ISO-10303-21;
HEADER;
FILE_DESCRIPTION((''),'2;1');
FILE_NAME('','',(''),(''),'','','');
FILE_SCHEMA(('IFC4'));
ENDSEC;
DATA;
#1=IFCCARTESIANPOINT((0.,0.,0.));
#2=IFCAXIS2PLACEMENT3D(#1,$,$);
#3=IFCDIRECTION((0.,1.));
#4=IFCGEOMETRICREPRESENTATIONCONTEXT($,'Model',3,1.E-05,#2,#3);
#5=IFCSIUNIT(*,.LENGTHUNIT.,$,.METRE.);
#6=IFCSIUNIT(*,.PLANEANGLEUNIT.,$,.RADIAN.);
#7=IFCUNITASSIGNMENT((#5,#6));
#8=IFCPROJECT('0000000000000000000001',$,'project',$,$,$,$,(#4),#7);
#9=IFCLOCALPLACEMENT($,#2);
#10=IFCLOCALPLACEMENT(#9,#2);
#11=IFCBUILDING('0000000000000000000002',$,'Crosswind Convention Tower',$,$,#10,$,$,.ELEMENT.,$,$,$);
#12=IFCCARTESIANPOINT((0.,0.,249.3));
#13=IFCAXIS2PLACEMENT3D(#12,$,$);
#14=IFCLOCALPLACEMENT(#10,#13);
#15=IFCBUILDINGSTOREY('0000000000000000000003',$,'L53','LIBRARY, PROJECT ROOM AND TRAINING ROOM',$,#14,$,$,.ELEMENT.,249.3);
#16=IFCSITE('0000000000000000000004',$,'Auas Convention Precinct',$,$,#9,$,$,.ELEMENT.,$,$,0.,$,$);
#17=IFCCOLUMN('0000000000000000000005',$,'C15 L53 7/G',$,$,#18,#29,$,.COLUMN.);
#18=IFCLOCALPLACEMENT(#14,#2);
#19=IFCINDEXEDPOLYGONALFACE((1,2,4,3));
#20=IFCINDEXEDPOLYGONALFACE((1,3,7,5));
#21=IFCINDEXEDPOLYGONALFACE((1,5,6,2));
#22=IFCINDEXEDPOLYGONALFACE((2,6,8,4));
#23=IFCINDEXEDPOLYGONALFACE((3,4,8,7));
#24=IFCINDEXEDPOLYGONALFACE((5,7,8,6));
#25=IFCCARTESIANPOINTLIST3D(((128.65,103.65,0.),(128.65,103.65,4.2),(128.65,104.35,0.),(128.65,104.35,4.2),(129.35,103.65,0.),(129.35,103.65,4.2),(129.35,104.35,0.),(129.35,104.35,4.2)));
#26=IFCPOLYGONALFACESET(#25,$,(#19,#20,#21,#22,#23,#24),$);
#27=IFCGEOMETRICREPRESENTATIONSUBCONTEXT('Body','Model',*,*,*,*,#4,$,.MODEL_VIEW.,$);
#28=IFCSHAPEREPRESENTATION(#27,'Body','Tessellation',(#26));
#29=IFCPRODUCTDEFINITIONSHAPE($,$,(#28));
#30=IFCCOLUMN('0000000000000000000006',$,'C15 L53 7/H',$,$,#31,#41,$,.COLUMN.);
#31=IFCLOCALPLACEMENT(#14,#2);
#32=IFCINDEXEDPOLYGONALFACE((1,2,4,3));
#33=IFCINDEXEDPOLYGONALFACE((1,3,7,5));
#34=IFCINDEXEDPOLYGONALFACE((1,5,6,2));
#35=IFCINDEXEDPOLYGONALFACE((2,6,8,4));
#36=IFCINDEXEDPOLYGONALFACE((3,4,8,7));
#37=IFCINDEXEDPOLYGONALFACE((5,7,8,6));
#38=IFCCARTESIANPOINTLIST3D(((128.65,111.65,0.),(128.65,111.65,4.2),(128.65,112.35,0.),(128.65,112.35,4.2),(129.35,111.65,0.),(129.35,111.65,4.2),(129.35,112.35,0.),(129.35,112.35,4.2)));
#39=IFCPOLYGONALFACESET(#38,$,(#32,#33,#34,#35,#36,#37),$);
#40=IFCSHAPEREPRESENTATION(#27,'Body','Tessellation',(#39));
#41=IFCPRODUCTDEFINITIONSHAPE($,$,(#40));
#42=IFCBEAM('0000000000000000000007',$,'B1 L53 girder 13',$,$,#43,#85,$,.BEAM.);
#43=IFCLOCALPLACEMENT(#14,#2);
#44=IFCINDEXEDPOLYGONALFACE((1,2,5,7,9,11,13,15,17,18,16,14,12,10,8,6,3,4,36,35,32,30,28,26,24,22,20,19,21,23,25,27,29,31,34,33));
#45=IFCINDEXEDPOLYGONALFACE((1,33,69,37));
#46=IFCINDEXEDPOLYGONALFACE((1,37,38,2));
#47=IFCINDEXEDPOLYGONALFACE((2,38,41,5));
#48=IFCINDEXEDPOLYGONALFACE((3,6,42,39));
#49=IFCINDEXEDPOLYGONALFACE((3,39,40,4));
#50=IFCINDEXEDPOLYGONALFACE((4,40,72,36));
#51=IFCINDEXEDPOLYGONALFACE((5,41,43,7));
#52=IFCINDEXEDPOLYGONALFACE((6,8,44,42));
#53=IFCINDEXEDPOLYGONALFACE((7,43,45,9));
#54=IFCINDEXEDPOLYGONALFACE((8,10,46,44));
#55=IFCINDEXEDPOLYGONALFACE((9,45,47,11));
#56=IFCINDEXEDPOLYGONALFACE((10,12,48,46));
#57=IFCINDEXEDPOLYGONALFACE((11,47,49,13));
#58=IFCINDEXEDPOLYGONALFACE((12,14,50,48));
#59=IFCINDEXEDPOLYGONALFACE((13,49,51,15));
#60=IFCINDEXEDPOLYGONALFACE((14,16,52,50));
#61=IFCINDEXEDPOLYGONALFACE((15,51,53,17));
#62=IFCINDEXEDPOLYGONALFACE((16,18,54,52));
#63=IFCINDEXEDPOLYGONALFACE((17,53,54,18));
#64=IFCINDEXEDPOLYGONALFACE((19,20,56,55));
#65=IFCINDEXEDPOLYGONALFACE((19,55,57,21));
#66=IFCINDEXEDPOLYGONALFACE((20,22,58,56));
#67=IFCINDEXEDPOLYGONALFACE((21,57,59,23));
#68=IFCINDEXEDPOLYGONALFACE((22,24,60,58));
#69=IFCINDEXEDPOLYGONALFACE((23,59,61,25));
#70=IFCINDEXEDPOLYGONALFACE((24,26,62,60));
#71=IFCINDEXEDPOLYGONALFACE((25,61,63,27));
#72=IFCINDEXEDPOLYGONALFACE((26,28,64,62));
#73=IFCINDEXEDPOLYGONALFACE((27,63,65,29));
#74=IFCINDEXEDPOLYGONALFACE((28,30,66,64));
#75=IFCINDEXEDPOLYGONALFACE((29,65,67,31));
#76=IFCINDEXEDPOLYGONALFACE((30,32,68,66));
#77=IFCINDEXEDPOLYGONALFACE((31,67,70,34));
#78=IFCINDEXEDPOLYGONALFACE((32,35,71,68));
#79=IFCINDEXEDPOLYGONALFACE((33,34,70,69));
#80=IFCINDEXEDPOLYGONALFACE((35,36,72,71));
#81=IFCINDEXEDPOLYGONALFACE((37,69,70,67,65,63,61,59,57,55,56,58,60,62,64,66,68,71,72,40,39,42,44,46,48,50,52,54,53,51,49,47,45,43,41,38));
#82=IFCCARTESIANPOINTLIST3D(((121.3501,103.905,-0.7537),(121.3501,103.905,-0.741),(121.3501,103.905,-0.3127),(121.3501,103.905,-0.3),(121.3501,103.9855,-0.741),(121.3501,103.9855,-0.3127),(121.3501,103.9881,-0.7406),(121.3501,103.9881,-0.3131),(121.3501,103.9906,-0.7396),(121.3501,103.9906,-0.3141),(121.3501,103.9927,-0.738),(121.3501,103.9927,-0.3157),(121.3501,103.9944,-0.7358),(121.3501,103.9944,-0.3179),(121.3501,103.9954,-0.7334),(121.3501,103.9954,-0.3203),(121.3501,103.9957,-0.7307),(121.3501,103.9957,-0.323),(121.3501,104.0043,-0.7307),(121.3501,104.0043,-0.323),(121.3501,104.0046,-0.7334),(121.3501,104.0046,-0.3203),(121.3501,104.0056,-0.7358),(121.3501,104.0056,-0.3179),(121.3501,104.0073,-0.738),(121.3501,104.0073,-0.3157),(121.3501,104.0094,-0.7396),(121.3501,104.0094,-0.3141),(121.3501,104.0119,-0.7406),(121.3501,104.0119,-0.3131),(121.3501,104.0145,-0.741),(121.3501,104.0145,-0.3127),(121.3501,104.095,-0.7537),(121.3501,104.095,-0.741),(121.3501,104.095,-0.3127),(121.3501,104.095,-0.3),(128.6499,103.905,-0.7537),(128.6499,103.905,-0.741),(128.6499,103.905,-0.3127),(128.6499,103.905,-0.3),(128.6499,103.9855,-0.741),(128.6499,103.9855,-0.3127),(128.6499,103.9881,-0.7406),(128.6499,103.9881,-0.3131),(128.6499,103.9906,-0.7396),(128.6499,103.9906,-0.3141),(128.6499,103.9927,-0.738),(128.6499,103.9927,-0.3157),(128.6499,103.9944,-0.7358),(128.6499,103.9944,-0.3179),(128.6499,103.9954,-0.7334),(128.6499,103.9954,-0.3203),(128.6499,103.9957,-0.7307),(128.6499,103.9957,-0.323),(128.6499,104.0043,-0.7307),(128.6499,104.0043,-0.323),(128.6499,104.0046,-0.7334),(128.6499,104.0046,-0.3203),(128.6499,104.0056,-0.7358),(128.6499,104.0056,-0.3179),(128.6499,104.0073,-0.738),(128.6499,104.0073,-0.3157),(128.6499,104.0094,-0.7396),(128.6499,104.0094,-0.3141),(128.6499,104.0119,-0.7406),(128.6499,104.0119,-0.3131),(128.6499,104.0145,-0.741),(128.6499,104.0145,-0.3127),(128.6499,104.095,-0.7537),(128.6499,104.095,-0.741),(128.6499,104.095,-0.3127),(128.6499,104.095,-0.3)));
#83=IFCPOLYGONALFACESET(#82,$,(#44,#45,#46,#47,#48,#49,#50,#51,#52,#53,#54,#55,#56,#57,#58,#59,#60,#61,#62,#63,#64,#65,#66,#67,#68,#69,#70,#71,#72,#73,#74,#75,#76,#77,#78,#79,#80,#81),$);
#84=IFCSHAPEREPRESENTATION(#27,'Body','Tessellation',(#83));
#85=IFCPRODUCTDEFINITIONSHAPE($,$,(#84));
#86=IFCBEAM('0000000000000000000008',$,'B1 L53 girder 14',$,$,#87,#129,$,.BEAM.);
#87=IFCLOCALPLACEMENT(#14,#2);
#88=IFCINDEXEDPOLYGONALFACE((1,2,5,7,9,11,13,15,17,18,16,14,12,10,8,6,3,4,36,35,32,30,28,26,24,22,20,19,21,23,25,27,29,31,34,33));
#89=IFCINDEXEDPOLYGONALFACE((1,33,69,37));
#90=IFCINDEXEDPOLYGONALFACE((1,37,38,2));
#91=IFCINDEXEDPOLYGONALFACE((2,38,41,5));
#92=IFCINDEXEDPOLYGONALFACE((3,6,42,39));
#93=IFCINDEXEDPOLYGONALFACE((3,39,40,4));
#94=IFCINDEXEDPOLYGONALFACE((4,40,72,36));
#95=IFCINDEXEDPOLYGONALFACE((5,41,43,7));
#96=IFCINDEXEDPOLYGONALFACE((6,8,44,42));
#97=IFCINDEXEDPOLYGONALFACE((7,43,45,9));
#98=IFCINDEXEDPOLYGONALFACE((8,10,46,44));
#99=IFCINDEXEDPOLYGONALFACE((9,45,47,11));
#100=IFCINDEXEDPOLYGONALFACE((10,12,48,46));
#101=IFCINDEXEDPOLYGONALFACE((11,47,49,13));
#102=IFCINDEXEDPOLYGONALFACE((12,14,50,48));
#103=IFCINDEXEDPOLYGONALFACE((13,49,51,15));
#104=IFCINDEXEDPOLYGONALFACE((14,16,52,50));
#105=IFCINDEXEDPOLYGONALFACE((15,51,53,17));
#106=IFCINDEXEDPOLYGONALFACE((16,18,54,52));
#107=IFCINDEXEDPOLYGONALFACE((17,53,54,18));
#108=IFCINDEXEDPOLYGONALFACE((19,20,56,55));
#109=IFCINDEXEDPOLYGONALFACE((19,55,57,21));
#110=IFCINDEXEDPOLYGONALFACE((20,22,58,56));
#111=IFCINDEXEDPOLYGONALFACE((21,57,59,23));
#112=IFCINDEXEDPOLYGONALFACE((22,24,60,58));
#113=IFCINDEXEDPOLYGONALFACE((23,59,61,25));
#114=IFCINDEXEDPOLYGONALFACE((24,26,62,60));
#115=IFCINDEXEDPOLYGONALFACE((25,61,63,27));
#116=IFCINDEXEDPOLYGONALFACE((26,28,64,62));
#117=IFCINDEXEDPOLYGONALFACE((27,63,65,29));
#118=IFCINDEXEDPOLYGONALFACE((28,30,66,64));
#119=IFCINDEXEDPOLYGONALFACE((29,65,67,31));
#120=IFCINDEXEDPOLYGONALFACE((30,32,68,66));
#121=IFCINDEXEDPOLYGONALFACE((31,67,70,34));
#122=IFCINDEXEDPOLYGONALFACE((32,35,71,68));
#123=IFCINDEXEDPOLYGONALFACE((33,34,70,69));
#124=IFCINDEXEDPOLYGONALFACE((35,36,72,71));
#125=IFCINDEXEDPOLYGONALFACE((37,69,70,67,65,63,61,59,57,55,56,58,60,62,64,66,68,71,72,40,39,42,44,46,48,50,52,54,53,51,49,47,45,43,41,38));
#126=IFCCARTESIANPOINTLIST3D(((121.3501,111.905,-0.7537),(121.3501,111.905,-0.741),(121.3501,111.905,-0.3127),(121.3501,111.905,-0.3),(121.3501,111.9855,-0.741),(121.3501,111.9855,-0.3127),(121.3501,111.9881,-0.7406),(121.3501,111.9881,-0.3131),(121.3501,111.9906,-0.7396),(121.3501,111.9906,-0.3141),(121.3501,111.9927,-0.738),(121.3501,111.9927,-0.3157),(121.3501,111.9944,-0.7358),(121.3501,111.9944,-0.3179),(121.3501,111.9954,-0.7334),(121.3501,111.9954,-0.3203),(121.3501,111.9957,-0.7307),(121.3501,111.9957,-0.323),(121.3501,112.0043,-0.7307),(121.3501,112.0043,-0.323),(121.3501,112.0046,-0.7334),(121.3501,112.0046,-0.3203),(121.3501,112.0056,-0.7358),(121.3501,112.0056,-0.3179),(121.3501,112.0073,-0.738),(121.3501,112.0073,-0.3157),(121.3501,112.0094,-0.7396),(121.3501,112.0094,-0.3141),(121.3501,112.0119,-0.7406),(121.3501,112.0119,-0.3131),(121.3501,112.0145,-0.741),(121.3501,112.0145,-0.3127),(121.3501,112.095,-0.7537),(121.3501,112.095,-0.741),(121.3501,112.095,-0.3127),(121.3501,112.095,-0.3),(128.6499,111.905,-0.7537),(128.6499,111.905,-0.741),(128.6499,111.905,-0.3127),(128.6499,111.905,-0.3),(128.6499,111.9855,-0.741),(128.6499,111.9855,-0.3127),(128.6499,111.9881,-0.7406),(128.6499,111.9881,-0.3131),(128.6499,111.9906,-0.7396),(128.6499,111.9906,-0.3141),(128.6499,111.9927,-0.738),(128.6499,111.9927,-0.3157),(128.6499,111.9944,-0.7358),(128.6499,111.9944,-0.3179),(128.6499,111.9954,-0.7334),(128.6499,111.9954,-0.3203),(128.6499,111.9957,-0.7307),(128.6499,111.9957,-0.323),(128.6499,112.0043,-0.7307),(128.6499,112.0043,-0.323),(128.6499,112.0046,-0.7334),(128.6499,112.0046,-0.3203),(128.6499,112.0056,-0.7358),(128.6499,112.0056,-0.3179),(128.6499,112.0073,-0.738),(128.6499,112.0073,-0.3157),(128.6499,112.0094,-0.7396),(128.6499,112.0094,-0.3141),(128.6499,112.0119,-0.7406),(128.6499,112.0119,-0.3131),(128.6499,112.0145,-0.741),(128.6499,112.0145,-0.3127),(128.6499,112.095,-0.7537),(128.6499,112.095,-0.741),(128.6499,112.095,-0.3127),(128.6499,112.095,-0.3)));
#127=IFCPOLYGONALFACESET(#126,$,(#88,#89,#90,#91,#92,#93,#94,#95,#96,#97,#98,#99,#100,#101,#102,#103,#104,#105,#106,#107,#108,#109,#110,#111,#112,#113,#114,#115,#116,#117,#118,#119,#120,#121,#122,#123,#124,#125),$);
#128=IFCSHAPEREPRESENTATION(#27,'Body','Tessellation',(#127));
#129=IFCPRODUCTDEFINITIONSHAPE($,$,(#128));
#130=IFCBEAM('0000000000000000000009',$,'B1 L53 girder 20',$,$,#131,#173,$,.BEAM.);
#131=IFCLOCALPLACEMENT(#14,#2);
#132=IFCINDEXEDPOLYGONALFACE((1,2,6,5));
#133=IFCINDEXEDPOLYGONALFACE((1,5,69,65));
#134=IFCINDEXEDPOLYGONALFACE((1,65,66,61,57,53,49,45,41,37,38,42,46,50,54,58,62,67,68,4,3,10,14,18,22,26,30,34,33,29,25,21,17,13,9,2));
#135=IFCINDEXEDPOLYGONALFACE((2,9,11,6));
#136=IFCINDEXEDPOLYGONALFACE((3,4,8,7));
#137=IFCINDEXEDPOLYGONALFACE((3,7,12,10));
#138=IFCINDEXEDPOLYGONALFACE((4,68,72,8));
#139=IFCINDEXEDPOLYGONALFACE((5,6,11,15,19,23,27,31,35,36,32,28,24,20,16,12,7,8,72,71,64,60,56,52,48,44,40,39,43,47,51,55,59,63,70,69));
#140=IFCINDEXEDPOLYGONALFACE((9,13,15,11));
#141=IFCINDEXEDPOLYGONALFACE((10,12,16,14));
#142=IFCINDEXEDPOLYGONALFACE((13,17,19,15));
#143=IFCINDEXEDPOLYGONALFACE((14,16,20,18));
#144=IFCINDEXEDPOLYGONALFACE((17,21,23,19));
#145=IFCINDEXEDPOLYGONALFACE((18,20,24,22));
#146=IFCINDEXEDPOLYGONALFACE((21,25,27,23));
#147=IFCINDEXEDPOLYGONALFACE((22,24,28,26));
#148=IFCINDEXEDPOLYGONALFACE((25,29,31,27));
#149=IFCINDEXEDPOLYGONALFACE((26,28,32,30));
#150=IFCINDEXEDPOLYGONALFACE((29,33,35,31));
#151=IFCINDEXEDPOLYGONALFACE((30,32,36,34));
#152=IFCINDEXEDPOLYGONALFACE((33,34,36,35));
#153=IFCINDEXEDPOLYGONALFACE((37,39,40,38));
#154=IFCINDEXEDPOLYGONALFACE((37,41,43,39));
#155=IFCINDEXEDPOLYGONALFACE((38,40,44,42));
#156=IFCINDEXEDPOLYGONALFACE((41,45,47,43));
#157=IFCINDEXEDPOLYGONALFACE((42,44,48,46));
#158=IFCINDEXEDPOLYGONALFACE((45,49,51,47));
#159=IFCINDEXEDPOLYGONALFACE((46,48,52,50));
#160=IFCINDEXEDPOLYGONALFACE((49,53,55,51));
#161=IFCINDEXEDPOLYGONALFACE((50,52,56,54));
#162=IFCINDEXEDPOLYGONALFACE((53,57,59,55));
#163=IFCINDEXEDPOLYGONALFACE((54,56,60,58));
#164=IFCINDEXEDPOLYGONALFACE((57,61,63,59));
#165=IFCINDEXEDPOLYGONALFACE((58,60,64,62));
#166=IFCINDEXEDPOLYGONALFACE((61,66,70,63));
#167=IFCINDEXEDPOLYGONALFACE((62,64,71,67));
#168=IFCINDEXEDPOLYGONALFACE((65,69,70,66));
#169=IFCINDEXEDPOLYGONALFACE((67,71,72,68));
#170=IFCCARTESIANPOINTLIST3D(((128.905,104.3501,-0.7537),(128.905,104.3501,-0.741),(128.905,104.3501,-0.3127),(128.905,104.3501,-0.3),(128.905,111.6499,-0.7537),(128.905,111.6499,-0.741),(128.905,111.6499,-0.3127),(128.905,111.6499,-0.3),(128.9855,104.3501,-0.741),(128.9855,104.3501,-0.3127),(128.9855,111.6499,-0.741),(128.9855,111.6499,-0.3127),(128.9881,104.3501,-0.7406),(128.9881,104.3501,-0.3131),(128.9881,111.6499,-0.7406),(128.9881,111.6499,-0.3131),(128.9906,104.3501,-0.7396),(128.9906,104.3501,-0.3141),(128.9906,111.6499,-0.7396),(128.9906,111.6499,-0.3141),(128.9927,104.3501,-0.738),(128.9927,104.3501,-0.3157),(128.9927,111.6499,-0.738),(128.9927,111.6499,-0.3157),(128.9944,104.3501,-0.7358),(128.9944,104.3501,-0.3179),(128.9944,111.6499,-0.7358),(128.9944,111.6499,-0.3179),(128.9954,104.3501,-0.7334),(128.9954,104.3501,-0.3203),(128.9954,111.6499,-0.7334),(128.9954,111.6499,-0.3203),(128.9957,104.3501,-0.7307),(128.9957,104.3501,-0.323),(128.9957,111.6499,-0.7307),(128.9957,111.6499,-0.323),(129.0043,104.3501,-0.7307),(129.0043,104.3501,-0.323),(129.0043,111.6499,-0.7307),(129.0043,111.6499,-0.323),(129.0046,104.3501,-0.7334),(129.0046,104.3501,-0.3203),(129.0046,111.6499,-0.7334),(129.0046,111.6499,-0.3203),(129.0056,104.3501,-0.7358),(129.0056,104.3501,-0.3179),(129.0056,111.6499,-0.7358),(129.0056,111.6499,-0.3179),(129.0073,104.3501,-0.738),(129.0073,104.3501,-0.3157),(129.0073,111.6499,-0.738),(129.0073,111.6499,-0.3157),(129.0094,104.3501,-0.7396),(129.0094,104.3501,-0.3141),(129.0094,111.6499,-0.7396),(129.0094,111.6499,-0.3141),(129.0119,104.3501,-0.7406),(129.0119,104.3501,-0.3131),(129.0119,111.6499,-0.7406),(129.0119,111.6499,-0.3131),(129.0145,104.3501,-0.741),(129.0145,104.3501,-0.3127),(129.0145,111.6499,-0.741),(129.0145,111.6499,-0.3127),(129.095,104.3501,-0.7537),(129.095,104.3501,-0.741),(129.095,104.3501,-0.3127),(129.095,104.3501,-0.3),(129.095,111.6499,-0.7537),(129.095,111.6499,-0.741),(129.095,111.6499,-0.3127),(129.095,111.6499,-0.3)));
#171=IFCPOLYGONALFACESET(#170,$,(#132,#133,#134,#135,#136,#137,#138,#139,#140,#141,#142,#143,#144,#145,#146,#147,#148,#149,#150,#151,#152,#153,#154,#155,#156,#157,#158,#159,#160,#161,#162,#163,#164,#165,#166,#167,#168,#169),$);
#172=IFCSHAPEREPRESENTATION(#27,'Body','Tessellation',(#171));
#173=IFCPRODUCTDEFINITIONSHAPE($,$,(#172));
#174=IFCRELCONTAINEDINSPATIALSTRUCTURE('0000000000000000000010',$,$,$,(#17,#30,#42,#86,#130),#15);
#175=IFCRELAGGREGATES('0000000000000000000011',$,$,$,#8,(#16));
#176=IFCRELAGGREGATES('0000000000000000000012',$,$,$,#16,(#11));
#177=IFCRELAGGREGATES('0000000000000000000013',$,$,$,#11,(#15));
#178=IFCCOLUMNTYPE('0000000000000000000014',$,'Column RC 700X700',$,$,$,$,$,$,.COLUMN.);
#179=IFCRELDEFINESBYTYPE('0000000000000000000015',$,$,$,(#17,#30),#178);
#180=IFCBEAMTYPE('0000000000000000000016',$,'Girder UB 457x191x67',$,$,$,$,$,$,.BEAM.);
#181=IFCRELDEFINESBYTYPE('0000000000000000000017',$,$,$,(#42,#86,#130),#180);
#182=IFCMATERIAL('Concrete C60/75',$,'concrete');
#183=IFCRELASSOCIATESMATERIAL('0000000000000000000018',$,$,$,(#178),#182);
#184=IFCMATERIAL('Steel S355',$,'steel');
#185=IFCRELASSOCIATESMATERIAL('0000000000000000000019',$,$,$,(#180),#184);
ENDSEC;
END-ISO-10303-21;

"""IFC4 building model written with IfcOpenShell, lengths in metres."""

from ifc_helpers import new_model, si_unit, direction, frame, origin, origin_2d, place, context, subcontext, project, spatial, rectangle, i_section, extrude, material, material_profile, profile_set, type_object, element, save


model = new_model("IFC4")

# Units and contexts
model_context = context("Model", 3, precision=1e-05, world=origin(), true_north=direction((0.0, 1.0)))
body_context = subcontext(model_context, "Body", "Model", "MODEL_VIEW")
ifc_project = project(units=[si_unit("LENGTHUNIT", "METRE"), si_unit("PLANEANGLEUNIT", "RADIAN")], contexts=[model_context])

# Site, building, storey
site_placement = place(None, origin())
site = spatial("IfcSite", under=ifc_project, at=site_placement, Name="Auas Convention Precinct", CompositionType="ELEMENT", RefElevation=0.0)
building_placement = place(site_placement, origin())
building = spatial("IfcBuilding", under=site, at=building_placement, Name="Crosswind Convention Tower", CompositionType="ELEMENT")
storey_placement = place(building_placement, frame((0.0, 0.0, 249.3)))
storey = spatial("IfcBuildingStorey", under=building, at=storey_placement, Name="L53", Description="LIBRARY, PROJECT ROOM AND TRAINING ROOM", CompositionType="ELEMENT", Elevation=249.3)

# Columns
ifc_material_1 = material(Name="Concrete C60/75", Category="concrete")
ifc_material_profile_1 = material_profile(ifc_material_1, rectangle(XDim=0.7, YDim=0.7, at=origin_2d()), Name="RC 700X700")
ifc_profile_set_1 = profile_set([ifc_material_profile_1], Name="Concrete C60/75")
column_type = type_object("IfcColumnType", Name="Column RC 700X700", PredefinedType="COLUMN", material=ifc_profile_set_1)
for number, where, z_axis, x_axis, name in (
    (1, (129.0, 104.0, 0.0), (0.0, 0.0, 1.0), (1.0, 0.0, 0.0), "C15 L53 7/G"),
    (2, (129.0, 112.0, 0.0), (0.0, 0.0, 1.0), (1.0, 0.0, 0.0), "C15 L53 7/H"),
):
    element("IfcColumn", number, at=place(storey_placement, frame(where, z_axis=z_axis, x_axis=x_axis)), inside=storey, type_object=column_type, Name=name, PredefinedType="COLUMN", context=body_context, shape_type="SweptSolid", body=[
        extrude(rectangle(XDim=0.7, YDim=0.7, at=origin_2d()), origin(), (0.0, 0.0, 1.0), 4.2),
    ])

# Beams
ifc_material_2 = material(Name="Steel S355", Category="steel")
ifc_material_profile_2 = material_profile(ifc_material_2, i_section(OverallWidth=0.1899, OverallDepth=0.4536, WebThickness=0.0085, FlangeThickness=0.0127, FilletRadius=0.0103, at=origin_2d()), Name="UB 457x191x67")
ifc_profile_set_2 = profile_set([ifc_material_profile_2], Name="Steel S355")
beam_type_1 = type_object("IfcBeamType", Name="Girder UB 457x191x67", PredefinedType="BEAM", material=ifc_profile_set_2)
for number, where, z_axis, x_axis, name in (
    (3, (121.3501, 104.0, -0.5269), (1.0, 0.0, 0.0), (0.0, 1.0, 0.0), "B1 L53 girder 13"),
    (4, (121.3501, 112.0, -0.5269), (1.0, 0.0, 0.0), (0.0, 1.0, 0.0), "B1 L53 girder 14"),
    (5, (129.0, 104.3501, -0.5269), (0.0, 1.0, 0.0), (-1.0, 0.0, 0.0), "B1 L53 girder 20"),
):
    element("IfcBeam", number, at=place(storey_placement, frame(where, z_axis=z_axis, x_axis=x_axis)), inside=storey, type_object=beam_type_1, Name=name, PredefinedType="BEAM", context=body_context, shape_type="SweptSolid", body=[
        extrude(i_section(OverallWidth=0.1899, OverallDepth=0.4536, WebThickness=0.0085, FlangeThickness=0.0127, FilletRadius=0.0103, at=origin_2d()), origin(), (0.0, 0.0, 1.0), 7.2998),
    ])

save(model, "model.ifc")
